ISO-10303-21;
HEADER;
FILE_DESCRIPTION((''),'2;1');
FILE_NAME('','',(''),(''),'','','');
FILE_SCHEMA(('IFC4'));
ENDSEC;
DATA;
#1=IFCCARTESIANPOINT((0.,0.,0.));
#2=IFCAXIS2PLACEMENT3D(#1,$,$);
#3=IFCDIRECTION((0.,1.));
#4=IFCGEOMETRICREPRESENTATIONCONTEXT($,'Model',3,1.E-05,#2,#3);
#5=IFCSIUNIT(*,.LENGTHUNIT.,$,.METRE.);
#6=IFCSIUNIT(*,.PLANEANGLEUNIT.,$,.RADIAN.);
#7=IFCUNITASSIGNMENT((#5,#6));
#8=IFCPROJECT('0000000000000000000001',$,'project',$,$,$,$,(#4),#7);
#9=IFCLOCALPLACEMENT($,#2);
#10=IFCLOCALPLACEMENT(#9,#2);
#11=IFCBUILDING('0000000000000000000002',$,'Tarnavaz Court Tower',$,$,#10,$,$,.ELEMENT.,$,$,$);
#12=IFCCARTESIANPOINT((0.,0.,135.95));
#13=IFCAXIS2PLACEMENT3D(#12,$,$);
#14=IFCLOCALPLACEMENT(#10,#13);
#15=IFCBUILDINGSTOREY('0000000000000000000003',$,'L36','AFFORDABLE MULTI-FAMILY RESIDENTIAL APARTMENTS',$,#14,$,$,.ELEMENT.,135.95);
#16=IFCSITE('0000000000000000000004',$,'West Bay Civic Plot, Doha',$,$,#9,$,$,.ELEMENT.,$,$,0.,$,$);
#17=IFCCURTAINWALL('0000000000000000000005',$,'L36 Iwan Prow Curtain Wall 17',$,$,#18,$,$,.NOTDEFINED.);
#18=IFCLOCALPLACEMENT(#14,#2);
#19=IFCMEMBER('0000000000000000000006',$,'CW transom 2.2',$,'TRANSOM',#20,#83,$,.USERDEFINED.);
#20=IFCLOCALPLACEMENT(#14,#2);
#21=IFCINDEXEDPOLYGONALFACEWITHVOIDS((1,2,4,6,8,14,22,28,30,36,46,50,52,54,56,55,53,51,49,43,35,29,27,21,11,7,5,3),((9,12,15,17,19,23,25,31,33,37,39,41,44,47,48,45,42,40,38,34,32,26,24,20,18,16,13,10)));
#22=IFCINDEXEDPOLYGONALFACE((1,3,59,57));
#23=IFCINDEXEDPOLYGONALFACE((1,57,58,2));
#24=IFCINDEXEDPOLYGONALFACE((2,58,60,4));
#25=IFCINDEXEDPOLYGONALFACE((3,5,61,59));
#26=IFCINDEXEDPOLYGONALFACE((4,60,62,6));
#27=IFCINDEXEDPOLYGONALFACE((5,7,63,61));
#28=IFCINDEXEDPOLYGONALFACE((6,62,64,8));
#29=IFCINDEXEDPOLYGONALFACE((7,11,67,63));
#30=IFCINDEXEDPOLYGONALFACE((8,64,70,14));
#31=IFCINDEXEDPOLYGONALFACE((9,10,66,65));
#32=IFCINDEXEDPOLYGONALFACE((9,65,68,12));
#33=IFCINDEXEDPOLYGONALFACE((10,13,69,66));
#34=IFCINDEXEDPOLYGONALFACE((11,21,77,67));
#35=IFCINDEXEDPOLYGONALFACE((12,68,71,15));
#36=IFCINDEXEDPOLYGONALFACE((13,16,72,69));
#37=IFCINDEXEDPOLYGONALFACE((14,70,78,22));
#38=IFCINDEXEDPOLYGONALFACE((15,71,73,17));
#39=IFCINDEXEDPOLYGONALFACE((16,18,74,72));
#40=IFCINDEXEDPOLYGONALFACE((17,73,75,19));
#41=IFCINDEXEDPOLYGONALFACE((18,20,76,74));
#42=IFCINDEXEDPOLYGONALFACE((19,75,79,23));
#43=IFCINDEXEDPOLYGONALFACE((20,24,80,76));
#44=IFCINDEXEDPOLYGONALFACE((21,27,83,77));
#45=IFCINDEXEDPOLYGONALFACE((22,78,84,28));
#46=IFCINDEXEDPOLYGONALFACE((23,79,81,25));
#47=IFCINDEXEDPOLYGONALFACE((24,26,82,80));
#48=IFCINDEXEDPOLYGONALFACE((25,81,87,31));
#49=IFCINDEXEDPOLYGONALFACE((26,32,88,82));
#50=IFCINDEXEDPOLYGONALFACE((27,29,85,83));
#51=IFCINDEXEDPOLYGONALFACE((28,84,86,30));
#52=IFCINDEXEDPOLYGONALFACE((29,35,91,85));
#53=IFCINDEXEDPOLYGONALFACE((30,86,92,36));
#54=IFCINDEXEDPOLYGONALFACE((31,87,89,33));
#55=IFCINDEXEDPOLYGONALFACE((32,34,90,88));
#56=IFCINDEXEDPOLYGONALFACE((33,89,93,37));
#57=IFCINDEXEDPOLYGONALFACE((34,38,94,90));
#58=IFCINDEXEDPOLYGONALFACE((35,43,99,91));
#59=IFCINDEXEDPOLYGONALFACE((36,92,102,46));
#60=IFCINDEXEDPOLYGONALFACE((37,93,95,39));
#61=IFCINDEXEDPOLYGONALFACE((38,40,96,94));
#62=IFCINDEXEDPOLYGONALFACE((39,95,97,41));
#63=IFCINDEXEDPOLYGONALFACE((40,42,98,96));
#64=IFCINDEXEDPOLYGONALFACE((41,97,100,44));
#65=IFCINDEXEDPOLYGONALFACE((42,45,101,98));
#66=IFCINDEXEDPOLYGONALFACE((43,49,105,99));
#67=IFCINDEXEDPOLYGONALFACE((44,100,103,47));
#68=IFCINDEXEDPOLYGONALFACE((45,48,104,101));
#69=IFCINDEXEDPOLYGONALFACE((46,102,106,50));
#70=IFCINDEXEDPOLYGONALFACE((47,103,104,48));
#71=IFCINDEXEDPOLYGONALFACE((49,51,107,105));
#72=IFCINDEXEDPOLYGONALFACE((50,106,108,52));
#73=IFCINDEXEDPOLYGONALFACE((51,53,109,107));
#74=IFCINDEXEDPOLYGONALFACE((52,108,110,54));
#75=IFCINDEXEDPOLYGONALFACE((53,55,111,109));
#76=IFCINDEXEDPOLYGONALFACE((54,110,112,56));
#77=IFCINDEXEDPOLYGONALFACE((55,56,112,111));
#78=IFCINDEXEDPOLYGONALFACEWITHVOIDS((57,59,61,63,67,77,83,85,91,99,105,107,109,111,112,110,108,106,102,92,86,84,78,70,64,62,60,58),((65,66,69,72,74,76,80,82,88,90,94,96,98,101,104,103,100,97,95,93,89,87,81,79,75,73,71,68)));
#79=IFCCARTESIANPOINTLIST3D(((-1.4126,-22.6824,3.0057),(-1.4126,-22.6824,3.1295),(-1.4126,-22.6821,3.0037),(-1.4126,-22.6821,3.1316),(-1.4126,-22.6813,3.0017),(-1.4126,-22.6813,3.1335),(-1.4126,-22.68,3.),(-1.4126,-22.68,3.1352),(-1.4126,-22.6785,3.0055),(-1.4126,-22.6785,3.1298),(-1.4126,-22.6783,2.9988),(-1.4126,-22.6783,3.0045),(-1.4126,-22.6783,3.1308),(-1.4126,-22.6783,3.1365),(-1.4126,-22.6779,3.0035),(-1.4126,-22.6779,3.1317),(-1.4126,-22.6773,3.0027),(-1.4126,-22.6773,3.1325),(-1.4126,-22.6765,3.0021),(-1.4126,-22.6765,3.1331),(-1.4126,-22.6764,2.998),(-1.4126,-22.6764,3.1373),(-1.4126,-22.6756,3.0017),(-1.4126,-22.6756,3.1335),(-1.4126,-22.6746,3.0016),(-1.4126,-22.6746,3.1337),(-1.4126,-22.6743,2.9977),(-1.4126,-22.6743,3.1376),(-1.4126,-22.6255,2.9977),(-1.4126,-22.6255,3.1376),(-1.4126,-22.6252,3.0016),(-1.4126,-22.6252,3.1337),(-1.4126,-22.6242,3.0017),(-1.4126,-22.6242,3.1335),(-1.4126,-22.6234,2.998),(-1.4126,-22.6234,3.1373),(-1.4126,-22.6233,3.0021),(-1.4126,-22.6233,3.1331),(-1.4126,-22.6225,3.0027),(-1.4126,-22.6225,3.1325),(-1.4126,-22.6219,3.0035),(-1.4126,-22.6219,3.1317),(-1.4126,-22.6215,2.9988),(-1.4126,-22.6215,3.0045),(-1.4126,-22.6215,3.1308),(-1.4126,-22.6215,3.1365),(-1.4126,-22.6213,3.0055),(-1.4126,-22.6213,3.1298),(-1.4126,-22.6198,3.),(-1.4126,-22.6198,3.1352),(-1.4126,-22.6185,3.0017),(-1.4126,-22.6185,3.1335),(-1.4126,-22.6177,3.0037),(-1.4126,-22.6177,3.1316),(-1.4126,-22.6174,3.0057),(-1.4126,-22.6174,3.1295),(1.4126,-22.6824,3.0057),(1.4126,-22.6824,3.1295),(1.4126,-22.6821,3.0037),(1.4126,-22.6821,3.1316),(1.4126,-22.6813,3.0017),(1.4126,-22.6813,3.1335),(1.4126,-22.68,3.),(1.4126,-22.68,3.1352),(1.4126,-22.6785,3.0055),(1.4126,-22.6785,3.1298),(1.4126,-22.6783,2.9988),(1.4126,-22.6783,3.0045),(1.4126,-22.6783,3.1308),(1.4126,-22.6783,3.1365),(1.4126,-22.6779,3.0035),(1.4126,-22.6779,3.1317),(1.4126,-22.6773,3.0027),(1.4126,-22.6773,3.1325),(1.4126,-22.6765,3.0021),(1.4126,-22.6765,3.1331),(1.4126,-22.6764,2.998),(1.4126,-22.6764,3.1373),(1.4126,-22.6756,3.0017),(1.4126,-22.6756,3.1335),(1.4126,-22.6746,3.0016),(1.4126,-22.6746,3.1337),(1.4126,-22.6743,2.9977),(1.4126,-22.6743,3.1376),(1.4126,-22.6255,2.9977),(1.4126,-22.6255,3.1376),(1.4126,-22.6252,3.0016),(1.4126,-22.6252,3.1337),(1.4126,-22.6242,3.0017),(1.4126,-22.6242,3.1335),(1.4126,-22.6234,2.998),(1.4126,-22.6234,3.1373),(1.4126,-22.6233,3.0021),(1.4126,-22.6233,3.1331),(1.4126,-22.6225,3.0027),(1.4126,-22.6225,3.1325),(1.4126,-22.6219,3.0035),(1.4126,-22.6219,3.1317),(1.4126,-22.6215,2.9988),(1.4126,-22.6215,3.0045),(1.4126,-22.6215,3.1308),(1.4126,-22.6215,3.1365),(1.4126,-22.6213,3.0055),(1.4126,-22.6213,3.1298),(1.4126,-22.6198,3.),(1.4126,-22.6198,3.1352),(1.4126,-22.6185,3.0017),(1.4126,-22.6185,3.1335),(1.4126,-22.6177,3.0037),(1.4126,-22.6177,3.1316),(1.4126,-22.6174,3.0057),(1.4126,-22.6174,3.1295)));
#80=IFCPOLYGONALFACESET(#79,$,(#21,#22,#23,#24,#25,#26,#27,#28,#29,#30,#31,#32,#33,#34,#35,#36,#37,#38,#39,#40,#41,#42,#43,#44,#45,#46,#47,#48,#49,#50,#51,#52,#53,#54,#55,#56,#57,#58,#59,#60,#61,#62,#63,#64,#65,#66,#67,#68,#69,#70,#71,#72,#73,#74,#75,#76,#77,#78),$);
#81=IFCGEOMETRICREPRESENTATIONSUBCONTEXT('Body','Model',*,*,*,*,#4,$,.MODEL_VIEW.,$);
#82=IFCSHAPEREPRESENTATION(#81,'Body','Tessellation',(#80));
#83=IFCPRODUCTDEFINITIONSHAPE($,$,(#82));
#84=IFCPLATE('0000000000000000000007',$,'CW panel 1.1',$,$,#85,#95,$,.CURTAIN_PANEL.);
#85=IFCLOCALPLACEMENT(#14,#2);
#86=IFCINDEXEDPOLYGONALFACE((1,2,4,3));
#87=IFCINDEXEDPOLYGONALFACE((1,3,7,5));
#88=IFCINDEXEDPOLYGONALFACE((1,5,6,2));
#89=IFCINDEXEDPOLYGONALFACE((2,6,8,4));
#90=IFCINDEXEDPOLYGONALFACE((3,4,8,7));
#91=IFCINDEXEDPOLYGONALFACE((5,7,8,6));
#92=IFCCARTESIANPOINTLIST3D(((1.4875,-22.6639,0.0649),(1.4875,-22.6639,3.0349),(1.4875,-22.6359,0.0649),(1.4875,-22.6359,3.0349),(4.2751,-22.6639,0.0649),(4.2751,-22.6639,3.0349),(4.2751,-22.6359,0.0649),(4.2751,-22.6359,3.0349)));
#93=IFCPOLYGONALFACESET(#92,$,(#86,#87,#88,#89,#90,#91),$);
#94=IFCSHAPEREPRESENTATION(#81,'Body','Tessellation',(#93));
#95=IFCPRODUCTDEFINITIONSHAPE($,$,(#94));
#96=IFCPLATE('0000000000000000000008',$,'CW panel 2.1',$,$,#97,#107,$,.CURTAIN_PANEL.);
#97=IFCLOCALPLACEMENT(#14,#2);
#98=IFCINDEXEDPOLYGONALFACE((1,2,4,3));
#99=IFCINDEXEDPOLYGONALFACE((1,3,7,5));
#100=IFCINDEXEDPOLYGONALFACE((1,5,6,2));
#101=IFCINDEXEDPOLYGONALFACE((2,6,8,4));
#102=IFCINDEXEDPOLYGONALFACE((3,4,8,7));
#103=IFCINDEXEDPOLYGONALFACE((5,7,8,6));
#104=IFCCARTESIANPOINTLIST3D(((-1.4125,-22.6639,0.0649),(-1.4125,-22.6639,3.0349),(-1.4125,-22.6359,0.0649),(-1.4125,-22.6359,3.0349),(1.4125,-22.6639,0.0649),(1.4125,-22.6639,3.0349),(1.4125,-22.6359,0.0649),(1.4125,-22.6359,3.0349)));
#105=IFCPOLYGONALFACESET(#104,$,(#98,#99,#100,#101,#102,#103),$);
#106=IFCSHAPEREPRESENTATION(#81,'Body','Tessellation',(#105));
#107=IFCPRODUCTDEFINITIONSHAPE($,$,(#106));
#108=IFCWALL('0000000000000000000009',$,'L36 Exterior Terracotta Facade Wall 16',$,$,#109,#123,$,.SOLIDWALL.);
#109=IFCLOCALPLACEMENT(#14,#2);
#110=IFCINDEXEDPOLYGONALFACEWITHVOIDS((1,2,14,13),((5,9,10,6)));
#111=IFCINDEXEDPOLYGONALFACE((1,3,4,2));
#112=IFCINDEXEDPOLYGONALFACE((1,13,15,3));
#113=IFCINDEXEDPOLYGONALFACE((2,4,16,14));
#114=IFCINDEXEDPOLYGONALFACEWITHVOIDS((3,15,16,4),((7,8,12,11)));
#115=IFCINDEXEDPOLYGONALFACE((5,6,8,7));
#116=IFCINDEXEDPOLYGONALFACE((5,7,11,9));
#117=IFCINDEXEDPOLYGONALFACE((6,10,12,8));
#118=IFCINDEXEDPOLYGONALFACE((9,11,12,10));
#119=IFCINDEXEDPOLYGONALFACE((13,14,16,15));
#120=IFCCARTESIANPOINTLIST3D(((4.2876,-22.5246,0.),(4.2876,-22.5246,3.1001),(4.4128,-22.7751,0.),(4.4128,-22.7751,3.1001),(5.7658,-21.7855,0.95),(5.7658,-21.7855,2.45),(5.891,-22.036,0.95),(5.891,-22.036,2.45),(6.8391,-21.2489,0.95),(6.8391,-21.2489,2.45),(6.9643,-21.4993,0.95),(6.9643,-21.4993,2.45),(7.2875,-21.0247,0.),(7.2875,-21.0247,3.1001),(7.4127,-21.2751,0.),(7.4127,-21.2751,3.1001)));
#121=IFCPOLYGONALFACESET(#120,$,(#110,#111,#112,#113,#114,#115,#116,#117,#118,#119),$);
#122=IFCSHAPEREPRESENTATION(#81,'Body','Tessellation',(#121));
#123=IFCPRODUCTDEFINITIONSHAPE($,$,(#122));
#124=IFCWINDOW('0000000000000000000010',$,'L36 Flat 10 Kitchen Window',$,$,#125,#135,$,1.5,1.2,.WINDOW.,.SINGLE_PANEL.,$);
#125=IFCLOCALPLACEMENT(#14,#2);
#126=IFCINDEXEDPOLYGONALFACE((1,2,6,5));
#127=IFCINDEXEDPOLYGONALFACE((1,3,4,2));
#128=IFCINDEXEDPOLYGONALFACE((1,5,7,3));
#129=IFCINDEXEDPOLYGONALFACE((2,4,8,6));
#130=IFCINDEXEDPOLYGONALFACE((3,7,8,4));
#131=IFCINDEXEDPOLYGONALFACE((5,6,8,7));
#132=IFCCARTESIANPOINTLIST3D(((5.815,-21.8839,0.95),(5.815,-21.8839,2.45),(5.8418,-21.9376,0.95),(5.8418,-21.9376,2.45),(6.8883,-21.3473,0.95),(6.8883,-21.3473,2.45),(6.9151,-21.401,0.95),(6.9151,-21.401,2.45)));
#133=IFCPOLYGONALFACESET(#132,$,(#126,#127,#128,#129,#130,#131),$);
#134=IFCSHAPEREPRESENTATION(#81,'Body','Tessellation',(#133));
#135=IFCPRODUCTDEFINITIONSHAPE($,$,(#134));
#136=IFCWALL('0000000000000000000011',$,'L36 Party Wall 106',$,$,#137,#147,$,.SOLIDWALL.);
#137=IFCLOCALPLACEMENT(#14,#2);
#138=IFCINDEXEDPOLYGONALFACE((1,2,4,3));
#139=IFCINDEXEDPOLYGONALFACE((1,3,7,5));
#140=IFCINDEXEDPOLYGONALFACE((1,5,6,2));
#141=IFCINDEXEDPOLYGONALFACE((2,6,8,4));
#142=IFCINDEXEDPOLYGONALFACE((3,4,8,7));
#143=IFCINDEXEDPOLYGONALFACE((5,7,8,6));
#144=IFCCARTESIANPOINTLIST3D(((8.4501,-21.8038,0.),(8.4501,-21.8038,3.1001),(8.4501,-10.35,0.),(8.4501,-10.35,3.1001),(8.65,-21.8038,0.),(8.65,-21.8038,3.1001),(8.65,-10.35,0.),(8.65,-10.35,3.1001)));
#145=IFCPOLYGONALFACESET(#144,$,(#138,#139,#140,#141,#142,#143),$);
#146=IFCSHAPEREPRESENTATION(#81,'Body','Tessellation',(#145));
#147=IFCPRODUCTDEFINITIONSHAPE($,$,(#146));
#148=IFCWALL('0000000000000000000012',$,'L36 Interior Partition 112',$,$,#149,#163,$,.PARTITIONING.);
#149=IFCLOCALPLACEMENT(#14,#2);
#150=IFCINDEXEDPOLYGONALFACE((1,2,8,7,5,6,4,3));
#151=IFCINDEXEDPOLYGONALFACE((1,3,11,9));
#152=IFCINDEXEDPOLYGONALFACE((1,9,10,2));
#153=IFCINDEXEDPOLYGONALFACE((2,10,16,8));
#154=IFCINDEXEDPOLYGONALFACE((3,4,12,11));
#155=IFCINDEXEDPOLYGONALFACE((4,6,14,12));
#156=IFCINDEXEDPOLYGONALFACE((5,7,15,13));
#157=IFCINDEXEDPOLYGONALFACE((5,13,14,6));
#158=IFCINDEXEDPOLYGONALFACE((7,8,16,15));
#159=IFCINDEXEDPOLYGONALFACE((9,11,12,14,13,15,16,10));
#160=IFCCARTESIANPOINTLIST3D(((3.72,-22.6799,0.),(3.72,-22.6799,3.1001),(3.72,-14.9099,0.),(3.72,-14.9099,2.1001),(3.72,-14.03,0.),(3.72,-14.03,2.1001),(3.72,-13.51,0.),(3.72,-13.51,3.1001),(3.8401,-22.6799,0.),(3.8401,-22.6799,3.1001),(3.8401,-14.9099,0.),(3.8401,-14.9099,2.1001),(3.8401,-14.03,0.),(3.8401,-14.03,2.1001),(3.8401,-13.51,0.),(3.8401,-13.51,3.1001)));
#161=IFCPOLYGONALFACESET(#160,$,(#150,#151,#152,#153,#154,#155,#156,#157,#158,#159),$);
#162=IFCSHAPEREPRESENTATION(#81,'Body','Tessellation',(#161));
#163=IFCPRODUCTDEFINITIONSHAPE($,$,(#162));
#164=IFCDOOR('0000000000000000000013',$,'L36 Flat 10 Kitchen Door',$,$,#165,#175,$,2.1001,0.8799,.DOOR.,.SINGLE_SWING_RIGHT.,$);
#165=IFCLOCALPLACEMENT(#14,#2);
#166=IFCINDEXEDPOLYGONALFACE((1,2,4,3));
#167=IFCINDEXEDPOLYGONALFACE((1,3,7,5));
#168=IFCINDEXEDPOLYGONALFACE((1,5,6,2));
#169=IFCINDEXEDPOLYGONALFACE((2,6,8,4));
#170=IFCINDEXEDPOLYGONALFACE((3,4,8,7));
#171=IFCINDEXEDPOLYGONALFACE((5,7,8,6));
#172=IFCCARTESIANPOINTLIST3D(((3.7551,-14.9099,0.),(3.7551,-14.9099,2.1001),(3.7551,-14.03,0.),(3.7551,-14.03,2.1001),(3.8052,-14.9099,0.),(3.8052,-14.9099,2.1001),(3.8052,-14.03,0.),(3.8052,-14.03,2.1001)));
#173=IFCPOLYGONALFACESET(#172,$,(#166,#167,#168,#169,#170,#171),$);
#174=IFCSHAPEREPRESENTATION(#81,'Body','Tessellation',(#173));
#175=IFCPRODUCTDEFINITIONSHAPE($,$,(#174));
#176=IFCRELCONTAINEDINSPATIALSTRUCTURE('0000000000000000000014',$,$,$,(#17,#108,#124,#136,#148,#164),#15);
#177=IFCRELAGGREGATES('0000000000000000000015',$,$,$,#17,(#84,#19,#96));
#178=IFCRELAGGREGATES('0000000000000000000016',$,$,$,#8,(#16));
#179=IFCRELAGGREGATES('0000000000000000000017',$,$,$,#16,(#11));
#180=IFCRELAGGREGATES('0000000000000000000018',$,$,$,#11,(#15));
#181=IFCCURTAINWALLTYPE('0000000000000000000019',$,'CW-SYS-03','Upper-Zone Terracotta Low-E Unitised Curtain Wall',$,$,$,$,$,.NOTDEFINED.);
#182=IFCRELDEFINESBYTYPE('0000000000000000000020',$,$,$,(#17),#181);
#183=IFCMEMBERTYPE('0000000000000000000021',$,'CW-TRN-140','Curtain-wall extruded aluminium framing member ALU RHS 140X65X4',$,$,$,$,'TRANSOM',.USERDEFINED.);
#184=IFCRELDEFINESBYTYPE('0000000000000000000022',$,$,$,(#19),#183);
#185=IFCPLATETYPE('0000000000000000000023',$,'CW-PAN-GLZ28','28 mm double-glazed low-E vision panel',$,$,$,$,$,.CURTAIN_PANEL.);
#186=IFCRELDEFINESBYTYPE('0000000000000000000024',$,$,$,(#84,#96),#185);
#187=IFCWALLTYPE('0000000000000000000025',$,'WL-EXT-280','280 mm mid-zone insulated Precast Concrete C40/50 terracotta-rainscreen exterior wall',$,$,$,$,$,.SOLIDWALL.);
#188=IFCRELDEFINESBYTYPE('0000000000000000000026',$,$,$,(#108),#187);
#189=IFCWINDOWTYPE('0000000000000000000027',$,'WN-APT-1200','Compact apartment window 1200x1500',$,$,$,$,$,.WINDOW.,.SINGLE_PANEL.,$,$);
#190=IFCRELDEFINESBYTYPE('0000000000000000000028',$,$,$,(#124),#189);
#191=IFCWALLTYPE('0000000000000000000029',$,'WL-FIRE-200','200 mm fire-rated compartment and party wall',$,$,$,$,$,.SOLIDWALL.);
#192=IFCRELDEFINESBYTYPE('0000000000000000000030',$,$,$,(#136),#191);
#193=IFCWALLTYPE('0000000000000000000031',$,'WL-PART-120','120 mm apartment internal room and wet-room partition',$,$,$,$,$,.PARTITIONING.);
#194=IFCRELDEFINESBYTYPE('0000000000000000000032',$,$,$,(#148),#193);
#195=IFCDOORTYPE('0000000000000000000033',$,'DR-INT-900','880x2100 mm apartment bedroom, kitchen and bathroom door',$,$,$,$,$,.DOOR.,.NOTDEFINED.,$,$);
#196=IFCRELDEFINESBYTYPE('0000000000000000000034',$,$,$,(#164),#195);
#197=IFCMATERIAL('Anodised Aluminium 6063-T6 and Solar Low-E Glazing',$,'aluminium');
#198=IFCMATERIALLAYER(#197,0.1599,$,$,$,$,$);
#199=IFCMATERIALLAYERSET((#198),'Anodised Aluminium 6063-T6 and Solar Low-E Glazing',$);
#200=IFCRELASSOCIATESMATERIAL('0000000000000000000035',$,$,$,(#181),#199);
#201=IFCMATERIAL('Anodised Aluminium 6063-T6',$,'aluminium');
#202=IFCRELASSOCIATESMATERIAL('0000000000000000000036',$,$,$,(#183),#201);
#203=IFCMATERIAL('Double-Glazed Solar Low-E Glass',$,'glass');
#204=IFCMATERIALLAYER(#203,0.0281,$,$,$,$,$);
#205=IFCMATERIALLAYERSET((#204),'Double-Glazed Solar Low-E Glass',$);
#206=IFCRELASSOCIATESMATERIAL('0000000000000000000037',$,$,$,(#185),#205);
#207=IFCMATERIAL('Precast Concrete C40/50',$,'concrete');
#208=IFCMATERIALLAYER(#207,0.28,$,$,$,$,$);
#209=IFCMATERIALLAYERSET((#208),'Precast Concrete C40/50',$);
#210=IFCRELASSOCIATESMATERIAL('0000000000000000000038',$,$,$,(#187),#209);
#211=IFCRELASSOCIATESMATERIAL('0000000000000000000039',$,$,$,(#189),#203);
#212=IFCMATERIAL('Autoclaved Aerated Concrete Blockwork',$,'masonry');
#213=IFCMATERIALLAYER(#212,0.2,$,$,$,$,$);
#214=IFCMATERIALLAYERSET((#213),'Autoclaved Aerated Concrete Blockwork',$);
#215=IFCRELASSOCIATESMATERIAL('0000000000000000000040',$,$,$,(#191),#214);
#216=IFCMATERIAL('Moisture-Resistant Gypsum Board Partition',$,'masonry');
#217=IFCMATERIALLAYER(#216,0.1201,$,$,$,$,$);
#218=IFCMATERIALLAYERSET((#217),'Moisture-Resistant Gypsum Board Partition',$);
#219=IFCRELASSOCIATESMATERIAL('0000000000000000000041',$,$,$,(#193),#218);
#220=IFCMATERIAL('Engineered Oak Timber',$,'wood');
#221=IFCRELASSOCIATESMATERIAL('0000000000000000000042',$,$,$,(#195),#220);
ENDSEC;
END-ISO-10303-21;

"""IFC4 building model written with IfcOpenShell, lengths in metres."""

from ifc_helpers import new_model, si_unit, direction, frame, frame_2d, origin, origin_2d, place, context, subcontext, project, spatial, rectangle, hollow_rectangle, extrude, material, layer, layer_set, material_profile, profile_set, type_object, element, fill, aggregate, save


model = new_model("IFC4")

# Units and contexts
model_context = context("Model", 3, precision=1e-05, world=origin(), true_north=direction((0.0, 1.0)))
body_context = subcontext(model_context, "Body", "Model", "MODEL_VIEW")
ifc_project = project(units=[si_unit("LENGTHUNIT", "METRE"), si_unit("PLANEANGLEUNIT", "RADIAN")], contexts=[model_context])

# Site, building, storey
site_placement = place(None, origin())
site = spatial("IfcSite", under=ifc_project, at=site_placement, Name="West Bay Civic Plot, Doha", CompositionType="ELEMENT", RefElevation=0.0)
building_placement = place(site_placement, origin())
building = spatial("IfcBuilding", under=site, at=building_placement, Name="Tarnavaz Court Tower", CompositionType="ELEMENT")
storey_placement = place(building_placement, frame((0.0, 0.0, 135.95)))
storey = spatial("IfcBuildingStorey", under=building, at=storey_placement, Name="L36", Description="AFFORDABLE MULTI-FAMILY RESIDENTIAL APARTMENTS", CompositionType="ELEMENT", Elevation=135.95)

# Curtain wall, member, plates
ifc_material_1 = material(Name="Anodised Aluminium 6063-T6 and Solar Low-E Glazing", Category="aluminium")
ifc_layer_1 = layer(ifc_material_1, 0.1599)
ifc_layer_set_1 = layer_set([ifc_layer_1], Name="Anodised Aluminium 6063-T6 and Solar Low-E Glazing")
curtain_wall_type = type_object("IfcCurtainWallType", Name="CW-SYS-03", Description="Upper-Zone Terracotta Low-E Unitised Curtain Wall", PredefinedType="NOTDEFINED", material=ifc_layer_set_1)
curtain_wall_placement = place(storey_placement, origin())
curtain_wall = element("IfcCurtainWall", 1, at=curtain_wall_placement, inside=storey, type_object=curtain_wall_type, Name="L36 Iwan Prow Curtain Wall 17", PredefinedType="NOTDEFINED")
ifc_material_2 = material(Name="Anodised Aluminium 6063-T6", Category="aluminium")
ifc_material_profile_1 = material_profile(ifc_material_2, hollow_rectangle(XDim=0.0649, YDim=0.1399, WallThickness=0.0039, InnerFilletRadius=0.0039, OuterFilletRadius=0.0081, at=origin_2d()), Name="ALU RHS 140X65X4")
ifc_profile_set_1 = profile_set([ifc_material_profile_1], Name="Anodised Aluminium 6063-T6")
member_type_1 = type_object("IfcMemberType", Name="CW-TRN-140", Description="Curtain-wall extruded aluminium framing member ALU RHS 140X65X4", ElementType="TRANSOM", PredefinedType="USERDEFINED", material=ifc_profile_set_1)
member_1_placement = place(storey_placement, frame((1.4126, -22.6499, 3.0676), z_axis=(-1.0, 0.0, 0.0), x_axis=(0.0, -1.0, 0.0)))
member_1 = element("IfcMember", 2, at=member_1_placement, type_object=member_type_1, Name="CW transom 2.2", ObjectType="TRANSOM", PredefinedType="USERDEFINED", context=body_context, shape_type="SweptSolid", body=[
    extrude(hollow_rectangle(XDim=0.0649, YDim=0.1399, WallThickness=0.0039, InnerFilletRadius=0.0039, OuterFilletRadius=0.0081, at=origin_2d()), origin(), (0.0, 0.0, 1.0), 2.8252),
])
ifc_material_3 = material(Name="Double-Glazed Solar Low-E Glass", Category="glass")
ifc_layer_2 = layer(ifc_material_3, 0.0281)
ifc_layer_set_2 = layer_set([ifc_layer_2], Name="Double-Glazed Solar Low-E Glass")
plate_type = type_object("IfcPlateType", Name="CW-PAN-GLZ28", Description="28 mm double-glazed low-E vision panel", PredefinedType="CURTAIN_PANEL", material=ifc_layer_set_2)
plate_1_placement = place(storey_placement, frame((2.8813, -22.6499, 0.0649), z_axis=(0.0, 0.0, 1.0), x_axis=(-1.0, 0.0, 0.0)))
plate_1 = element("IfcPlate", 3, at=plate_1_placement, type_object=plate_type, Name="CW panel 1.1", PredefinedType="CURTAIN_PANEL", context=body_context, shape_type="SweptSolid", body=[
    extrude(rectangle(XDim=2.7876, YDim=0.0281, at=origin_2d()), origin(), (0.0, 0.0, 1.0), 2.97),
])
plate_2_placement = place(storey_placement, frame((0.0, -22.6499, 0.0649), z_axis=(0.0, 0.0, 1.0), x_axis=(-1.0, 0.0, 0.0)))
plate_2 = element("IfcPlate", 4, at=plate_2_placement, type_object=plate_type, Name="CW panel 2.1", PredefinedType="CURTAIN_PANEL", context=body_context, shape_type="SweptSolid", body=[
    extrude(rectangle(XDim=2.825, YDim=0.0281, at=origin_2d()), origin(), (0.0, 0.0, 1.0), 2.97),
])
aggregate(curtain_wall, [plate_1, member_1, plate_2])

# Wall, opening, window
ifc_material_4 = material(Name="Precast Concrete C40/50", Category="concrete")
ifc_layer_3 = layer(ifc_material_4, 0.28)
ifc_layer_set_3 = layer_set([ifc_layer_3], Name="Precast Concrete C40/50")
wall_type_1 = type_object("IfcWallType", Name="WL-EXT-280", Description="280 mm mid-zone insulated Precast Concrete C40/50 terracotta-rainscreen exterior wall", PredefinedType="SOLIDWALL", material=ifc_layer_set_3)
wall_1_placement = place(storey_placement, frame((7.3501, -21.1499, 0.0), z_axis=(0.0, 0.0, 1.0), x_axis=(-0.894427, -0.447214, 0.0)))
wall_1 = element("IfcWall", 5, at=wall_1_placement, inside=storey, type_object=wall_type_1, Name="L36 Exterior Terracotta Facade Wall 16", PredefinedType="SOLIDWALL", context=body_context, shape_type="SweptSolid", body=[
    extrude(rectangle(XDim=3.354, YDim=0.28, at=frame_2d((1.677, 0.0))), origin(), (0.0, 0.0, 1.0), 3.1001),
])
opening_1_placement = place(wall_1_placement, frame((0.5012, 0.0, 0.95)))
opening_1 = element("IfcOpeningElement", 6, at=opening_1_placement, cuts=wall_1, PredefinedType="OPENING", context=body_context, shape_type="SweptSolid", body=[
    extrude(rectangle(XDim=1.2, YDim=1.5, at=frame_2d((0.6001, 0.75))), frame((0.0, 0.1499, 0.0), z_axis=(0.0, -1.0, 0.0), x_axis=(1.0, 0.0, 0.0)), (0.0, 0.0, 1.0), 0.3),
])
window_type = type_object("IfcWindowType", Name="WN-APT-1200", Description="Compact apartment window 1200x1500", PartitioningType="SINGLE_PANEL", PredefinedType="WINDOW", material=ifc_material_3)
window_placement = place(opening_1_placement, origin())
window = element("IfcWindow", 7, at=window_placement, inside=storey, type_object=window_type, Name="L36 Flat 10 Kitchen Window", OverallHeight=1.5, OverallWidth=1.2, PartitioningType="SINGLE_PANEL", PredefinedType="WINDOW", context=body_context, shape_type="SweptSolid", body=[
    extrude(rectangle(XDim=1.2, YDim=1.5, at=frame_2d((0.6001, 0.75))), frame((0.0, 0.03, 0.0), z_axis=(0.0, -1.0, 0.0), x_axis=(1.0, 0.0, 0.0)), (0.0, 0.0, 1.0), 0.0601),
])
fill(opening_1, window)

# Wall
ifc_material_5 = material(Name="Autoclaved Aerated Concrete Blockwork", Category="masonry")
ifc_layer_4 = layer(ifc_material_5, 0.2)
ifc_layer_set_4 = layer_set([ifc_layer_4], Name="Autoclaved Aerated Concrete Blockwork")
wall_type_2 = type_object("IfcWallType", Name="WL-FIRE-200", Description="200 mm fire-rated compartment and party wall", PredefinedType="SOLIDWALL", material=ifc_layer_set_4)
wall_2_placement = place(storey_placement, frame((8.55, -21.804, 0.0), z_axis=(0.0, 0.0, 1.0), x_axis=(0.0, 1.0, 0.0)))
element("IfcWall", 8, at=wall_2_placement, inside=storey, type_object=wall_type_2, Name="L36 Party Wall 106", PredefinedType="SOLIDWALL", context=body_context, shape_type="SweptSolid", body=[
    extrude(rectangle(XDim=11.4539, YDim=0.2, at=frame_2d((5.7271, 0.0))), origin(), (0.0, 0.0, 1.0), 3.1001),
])

# Wall, opening, door
ifc_material_6 = material(Name="Moisture-Resistant Gypsum Board Partition", Category="masonry")
ifc_layer_5 = layer(ifc_material_6, 0.1201)
ifc_layer_set_5 = layer_set([ifc_layer_5], Name="Moisture-Resistant Gypsum Board Partition")
wall_type_3 = type_object("IfcWallType", Name="WL-PART-120", Description="120 mm apartment internal room and wet-room partition", PredefinedType="PARTITIONING", material=ifc_layer_set_5)
wall_3_placement = place(storey_placement, frame((3.78, -22.6799, 0.0), z_axis=(0.0, 0.0, 1.0), x_axis=(0.0, 1.0, 0.0)))
wall_3 = element("IfcWall", 9, at=wall_3_placement, inside=storey, type_object=wall_type_3, Name="L36 Interior Partition 112", PredefinedType="PARTITIONING", context=body_context, shape_type="SweptSolid", body=[
    extrude(rectangle(XDim=9.1699, YDim=0.1201, at=frame_2d((4.585, 0.0))), origin(), (0.0, 0.0, 1.0), 3.1001),
])
opening_2_placement = place(wall_3_placement, frame((7.77, 0.0, 0.0)))
opening_2 = element("IfcOpeningElement", 10, at=opening_2_placement, cuts=wall_3, PredefinedType="OPENING", context=body_context, shape_type="SweptSolid", body=[
    extrude(rectangle(XDim=0.8799, YDim=2.1001, at=frame_2d((0.4399, 1.05))), frame((0.0, 0.0701, 0.0), z_axis=(0.0, -1.0, 0.0), x_axis=(1.0, 0.0, 0.0)), (0.0, 0.0, 1.0), 0.1401),
])
ifc_material_7 = material(Name="Engineered Oak Timber", Category="wood")
door_type = type_object("IfcDoorType", Name="DR-INT-900", Description="880x2100 mm apartment bedroom, kitchen and bathroom door", OperationType="NOTDEFINED", PredefinedType="DOOR", material=ifc_material_7)
door_placement = place(opening_2_placement, origin())
door = element("IfcDoor", 11, at=door_placement, inside=storey, type_object=door_type, Name="L36 Flat 10 Kitchen Door", OperationType="SINGLE_SWING_RIGHT", OverallHeight=2.1001, OverallWidth=0.8799, PredefinedType="DOOR", context=body_context, shape_type="SweptSolid", body=[
    extrude(rectangle(XDim=0.8799, YDim=2.1001, at=frame_2d((0.4399, 1.05))), frame((0.0, 0.0249, 0.0), z_axis=(0.0, -1.0, 0.0), x_axis=(1.0, 0.0, 0.0)), (0.0, 0.0, 1.0), 0.05),
])
fill(opening_2, door)

save(model, "model.ifc")
